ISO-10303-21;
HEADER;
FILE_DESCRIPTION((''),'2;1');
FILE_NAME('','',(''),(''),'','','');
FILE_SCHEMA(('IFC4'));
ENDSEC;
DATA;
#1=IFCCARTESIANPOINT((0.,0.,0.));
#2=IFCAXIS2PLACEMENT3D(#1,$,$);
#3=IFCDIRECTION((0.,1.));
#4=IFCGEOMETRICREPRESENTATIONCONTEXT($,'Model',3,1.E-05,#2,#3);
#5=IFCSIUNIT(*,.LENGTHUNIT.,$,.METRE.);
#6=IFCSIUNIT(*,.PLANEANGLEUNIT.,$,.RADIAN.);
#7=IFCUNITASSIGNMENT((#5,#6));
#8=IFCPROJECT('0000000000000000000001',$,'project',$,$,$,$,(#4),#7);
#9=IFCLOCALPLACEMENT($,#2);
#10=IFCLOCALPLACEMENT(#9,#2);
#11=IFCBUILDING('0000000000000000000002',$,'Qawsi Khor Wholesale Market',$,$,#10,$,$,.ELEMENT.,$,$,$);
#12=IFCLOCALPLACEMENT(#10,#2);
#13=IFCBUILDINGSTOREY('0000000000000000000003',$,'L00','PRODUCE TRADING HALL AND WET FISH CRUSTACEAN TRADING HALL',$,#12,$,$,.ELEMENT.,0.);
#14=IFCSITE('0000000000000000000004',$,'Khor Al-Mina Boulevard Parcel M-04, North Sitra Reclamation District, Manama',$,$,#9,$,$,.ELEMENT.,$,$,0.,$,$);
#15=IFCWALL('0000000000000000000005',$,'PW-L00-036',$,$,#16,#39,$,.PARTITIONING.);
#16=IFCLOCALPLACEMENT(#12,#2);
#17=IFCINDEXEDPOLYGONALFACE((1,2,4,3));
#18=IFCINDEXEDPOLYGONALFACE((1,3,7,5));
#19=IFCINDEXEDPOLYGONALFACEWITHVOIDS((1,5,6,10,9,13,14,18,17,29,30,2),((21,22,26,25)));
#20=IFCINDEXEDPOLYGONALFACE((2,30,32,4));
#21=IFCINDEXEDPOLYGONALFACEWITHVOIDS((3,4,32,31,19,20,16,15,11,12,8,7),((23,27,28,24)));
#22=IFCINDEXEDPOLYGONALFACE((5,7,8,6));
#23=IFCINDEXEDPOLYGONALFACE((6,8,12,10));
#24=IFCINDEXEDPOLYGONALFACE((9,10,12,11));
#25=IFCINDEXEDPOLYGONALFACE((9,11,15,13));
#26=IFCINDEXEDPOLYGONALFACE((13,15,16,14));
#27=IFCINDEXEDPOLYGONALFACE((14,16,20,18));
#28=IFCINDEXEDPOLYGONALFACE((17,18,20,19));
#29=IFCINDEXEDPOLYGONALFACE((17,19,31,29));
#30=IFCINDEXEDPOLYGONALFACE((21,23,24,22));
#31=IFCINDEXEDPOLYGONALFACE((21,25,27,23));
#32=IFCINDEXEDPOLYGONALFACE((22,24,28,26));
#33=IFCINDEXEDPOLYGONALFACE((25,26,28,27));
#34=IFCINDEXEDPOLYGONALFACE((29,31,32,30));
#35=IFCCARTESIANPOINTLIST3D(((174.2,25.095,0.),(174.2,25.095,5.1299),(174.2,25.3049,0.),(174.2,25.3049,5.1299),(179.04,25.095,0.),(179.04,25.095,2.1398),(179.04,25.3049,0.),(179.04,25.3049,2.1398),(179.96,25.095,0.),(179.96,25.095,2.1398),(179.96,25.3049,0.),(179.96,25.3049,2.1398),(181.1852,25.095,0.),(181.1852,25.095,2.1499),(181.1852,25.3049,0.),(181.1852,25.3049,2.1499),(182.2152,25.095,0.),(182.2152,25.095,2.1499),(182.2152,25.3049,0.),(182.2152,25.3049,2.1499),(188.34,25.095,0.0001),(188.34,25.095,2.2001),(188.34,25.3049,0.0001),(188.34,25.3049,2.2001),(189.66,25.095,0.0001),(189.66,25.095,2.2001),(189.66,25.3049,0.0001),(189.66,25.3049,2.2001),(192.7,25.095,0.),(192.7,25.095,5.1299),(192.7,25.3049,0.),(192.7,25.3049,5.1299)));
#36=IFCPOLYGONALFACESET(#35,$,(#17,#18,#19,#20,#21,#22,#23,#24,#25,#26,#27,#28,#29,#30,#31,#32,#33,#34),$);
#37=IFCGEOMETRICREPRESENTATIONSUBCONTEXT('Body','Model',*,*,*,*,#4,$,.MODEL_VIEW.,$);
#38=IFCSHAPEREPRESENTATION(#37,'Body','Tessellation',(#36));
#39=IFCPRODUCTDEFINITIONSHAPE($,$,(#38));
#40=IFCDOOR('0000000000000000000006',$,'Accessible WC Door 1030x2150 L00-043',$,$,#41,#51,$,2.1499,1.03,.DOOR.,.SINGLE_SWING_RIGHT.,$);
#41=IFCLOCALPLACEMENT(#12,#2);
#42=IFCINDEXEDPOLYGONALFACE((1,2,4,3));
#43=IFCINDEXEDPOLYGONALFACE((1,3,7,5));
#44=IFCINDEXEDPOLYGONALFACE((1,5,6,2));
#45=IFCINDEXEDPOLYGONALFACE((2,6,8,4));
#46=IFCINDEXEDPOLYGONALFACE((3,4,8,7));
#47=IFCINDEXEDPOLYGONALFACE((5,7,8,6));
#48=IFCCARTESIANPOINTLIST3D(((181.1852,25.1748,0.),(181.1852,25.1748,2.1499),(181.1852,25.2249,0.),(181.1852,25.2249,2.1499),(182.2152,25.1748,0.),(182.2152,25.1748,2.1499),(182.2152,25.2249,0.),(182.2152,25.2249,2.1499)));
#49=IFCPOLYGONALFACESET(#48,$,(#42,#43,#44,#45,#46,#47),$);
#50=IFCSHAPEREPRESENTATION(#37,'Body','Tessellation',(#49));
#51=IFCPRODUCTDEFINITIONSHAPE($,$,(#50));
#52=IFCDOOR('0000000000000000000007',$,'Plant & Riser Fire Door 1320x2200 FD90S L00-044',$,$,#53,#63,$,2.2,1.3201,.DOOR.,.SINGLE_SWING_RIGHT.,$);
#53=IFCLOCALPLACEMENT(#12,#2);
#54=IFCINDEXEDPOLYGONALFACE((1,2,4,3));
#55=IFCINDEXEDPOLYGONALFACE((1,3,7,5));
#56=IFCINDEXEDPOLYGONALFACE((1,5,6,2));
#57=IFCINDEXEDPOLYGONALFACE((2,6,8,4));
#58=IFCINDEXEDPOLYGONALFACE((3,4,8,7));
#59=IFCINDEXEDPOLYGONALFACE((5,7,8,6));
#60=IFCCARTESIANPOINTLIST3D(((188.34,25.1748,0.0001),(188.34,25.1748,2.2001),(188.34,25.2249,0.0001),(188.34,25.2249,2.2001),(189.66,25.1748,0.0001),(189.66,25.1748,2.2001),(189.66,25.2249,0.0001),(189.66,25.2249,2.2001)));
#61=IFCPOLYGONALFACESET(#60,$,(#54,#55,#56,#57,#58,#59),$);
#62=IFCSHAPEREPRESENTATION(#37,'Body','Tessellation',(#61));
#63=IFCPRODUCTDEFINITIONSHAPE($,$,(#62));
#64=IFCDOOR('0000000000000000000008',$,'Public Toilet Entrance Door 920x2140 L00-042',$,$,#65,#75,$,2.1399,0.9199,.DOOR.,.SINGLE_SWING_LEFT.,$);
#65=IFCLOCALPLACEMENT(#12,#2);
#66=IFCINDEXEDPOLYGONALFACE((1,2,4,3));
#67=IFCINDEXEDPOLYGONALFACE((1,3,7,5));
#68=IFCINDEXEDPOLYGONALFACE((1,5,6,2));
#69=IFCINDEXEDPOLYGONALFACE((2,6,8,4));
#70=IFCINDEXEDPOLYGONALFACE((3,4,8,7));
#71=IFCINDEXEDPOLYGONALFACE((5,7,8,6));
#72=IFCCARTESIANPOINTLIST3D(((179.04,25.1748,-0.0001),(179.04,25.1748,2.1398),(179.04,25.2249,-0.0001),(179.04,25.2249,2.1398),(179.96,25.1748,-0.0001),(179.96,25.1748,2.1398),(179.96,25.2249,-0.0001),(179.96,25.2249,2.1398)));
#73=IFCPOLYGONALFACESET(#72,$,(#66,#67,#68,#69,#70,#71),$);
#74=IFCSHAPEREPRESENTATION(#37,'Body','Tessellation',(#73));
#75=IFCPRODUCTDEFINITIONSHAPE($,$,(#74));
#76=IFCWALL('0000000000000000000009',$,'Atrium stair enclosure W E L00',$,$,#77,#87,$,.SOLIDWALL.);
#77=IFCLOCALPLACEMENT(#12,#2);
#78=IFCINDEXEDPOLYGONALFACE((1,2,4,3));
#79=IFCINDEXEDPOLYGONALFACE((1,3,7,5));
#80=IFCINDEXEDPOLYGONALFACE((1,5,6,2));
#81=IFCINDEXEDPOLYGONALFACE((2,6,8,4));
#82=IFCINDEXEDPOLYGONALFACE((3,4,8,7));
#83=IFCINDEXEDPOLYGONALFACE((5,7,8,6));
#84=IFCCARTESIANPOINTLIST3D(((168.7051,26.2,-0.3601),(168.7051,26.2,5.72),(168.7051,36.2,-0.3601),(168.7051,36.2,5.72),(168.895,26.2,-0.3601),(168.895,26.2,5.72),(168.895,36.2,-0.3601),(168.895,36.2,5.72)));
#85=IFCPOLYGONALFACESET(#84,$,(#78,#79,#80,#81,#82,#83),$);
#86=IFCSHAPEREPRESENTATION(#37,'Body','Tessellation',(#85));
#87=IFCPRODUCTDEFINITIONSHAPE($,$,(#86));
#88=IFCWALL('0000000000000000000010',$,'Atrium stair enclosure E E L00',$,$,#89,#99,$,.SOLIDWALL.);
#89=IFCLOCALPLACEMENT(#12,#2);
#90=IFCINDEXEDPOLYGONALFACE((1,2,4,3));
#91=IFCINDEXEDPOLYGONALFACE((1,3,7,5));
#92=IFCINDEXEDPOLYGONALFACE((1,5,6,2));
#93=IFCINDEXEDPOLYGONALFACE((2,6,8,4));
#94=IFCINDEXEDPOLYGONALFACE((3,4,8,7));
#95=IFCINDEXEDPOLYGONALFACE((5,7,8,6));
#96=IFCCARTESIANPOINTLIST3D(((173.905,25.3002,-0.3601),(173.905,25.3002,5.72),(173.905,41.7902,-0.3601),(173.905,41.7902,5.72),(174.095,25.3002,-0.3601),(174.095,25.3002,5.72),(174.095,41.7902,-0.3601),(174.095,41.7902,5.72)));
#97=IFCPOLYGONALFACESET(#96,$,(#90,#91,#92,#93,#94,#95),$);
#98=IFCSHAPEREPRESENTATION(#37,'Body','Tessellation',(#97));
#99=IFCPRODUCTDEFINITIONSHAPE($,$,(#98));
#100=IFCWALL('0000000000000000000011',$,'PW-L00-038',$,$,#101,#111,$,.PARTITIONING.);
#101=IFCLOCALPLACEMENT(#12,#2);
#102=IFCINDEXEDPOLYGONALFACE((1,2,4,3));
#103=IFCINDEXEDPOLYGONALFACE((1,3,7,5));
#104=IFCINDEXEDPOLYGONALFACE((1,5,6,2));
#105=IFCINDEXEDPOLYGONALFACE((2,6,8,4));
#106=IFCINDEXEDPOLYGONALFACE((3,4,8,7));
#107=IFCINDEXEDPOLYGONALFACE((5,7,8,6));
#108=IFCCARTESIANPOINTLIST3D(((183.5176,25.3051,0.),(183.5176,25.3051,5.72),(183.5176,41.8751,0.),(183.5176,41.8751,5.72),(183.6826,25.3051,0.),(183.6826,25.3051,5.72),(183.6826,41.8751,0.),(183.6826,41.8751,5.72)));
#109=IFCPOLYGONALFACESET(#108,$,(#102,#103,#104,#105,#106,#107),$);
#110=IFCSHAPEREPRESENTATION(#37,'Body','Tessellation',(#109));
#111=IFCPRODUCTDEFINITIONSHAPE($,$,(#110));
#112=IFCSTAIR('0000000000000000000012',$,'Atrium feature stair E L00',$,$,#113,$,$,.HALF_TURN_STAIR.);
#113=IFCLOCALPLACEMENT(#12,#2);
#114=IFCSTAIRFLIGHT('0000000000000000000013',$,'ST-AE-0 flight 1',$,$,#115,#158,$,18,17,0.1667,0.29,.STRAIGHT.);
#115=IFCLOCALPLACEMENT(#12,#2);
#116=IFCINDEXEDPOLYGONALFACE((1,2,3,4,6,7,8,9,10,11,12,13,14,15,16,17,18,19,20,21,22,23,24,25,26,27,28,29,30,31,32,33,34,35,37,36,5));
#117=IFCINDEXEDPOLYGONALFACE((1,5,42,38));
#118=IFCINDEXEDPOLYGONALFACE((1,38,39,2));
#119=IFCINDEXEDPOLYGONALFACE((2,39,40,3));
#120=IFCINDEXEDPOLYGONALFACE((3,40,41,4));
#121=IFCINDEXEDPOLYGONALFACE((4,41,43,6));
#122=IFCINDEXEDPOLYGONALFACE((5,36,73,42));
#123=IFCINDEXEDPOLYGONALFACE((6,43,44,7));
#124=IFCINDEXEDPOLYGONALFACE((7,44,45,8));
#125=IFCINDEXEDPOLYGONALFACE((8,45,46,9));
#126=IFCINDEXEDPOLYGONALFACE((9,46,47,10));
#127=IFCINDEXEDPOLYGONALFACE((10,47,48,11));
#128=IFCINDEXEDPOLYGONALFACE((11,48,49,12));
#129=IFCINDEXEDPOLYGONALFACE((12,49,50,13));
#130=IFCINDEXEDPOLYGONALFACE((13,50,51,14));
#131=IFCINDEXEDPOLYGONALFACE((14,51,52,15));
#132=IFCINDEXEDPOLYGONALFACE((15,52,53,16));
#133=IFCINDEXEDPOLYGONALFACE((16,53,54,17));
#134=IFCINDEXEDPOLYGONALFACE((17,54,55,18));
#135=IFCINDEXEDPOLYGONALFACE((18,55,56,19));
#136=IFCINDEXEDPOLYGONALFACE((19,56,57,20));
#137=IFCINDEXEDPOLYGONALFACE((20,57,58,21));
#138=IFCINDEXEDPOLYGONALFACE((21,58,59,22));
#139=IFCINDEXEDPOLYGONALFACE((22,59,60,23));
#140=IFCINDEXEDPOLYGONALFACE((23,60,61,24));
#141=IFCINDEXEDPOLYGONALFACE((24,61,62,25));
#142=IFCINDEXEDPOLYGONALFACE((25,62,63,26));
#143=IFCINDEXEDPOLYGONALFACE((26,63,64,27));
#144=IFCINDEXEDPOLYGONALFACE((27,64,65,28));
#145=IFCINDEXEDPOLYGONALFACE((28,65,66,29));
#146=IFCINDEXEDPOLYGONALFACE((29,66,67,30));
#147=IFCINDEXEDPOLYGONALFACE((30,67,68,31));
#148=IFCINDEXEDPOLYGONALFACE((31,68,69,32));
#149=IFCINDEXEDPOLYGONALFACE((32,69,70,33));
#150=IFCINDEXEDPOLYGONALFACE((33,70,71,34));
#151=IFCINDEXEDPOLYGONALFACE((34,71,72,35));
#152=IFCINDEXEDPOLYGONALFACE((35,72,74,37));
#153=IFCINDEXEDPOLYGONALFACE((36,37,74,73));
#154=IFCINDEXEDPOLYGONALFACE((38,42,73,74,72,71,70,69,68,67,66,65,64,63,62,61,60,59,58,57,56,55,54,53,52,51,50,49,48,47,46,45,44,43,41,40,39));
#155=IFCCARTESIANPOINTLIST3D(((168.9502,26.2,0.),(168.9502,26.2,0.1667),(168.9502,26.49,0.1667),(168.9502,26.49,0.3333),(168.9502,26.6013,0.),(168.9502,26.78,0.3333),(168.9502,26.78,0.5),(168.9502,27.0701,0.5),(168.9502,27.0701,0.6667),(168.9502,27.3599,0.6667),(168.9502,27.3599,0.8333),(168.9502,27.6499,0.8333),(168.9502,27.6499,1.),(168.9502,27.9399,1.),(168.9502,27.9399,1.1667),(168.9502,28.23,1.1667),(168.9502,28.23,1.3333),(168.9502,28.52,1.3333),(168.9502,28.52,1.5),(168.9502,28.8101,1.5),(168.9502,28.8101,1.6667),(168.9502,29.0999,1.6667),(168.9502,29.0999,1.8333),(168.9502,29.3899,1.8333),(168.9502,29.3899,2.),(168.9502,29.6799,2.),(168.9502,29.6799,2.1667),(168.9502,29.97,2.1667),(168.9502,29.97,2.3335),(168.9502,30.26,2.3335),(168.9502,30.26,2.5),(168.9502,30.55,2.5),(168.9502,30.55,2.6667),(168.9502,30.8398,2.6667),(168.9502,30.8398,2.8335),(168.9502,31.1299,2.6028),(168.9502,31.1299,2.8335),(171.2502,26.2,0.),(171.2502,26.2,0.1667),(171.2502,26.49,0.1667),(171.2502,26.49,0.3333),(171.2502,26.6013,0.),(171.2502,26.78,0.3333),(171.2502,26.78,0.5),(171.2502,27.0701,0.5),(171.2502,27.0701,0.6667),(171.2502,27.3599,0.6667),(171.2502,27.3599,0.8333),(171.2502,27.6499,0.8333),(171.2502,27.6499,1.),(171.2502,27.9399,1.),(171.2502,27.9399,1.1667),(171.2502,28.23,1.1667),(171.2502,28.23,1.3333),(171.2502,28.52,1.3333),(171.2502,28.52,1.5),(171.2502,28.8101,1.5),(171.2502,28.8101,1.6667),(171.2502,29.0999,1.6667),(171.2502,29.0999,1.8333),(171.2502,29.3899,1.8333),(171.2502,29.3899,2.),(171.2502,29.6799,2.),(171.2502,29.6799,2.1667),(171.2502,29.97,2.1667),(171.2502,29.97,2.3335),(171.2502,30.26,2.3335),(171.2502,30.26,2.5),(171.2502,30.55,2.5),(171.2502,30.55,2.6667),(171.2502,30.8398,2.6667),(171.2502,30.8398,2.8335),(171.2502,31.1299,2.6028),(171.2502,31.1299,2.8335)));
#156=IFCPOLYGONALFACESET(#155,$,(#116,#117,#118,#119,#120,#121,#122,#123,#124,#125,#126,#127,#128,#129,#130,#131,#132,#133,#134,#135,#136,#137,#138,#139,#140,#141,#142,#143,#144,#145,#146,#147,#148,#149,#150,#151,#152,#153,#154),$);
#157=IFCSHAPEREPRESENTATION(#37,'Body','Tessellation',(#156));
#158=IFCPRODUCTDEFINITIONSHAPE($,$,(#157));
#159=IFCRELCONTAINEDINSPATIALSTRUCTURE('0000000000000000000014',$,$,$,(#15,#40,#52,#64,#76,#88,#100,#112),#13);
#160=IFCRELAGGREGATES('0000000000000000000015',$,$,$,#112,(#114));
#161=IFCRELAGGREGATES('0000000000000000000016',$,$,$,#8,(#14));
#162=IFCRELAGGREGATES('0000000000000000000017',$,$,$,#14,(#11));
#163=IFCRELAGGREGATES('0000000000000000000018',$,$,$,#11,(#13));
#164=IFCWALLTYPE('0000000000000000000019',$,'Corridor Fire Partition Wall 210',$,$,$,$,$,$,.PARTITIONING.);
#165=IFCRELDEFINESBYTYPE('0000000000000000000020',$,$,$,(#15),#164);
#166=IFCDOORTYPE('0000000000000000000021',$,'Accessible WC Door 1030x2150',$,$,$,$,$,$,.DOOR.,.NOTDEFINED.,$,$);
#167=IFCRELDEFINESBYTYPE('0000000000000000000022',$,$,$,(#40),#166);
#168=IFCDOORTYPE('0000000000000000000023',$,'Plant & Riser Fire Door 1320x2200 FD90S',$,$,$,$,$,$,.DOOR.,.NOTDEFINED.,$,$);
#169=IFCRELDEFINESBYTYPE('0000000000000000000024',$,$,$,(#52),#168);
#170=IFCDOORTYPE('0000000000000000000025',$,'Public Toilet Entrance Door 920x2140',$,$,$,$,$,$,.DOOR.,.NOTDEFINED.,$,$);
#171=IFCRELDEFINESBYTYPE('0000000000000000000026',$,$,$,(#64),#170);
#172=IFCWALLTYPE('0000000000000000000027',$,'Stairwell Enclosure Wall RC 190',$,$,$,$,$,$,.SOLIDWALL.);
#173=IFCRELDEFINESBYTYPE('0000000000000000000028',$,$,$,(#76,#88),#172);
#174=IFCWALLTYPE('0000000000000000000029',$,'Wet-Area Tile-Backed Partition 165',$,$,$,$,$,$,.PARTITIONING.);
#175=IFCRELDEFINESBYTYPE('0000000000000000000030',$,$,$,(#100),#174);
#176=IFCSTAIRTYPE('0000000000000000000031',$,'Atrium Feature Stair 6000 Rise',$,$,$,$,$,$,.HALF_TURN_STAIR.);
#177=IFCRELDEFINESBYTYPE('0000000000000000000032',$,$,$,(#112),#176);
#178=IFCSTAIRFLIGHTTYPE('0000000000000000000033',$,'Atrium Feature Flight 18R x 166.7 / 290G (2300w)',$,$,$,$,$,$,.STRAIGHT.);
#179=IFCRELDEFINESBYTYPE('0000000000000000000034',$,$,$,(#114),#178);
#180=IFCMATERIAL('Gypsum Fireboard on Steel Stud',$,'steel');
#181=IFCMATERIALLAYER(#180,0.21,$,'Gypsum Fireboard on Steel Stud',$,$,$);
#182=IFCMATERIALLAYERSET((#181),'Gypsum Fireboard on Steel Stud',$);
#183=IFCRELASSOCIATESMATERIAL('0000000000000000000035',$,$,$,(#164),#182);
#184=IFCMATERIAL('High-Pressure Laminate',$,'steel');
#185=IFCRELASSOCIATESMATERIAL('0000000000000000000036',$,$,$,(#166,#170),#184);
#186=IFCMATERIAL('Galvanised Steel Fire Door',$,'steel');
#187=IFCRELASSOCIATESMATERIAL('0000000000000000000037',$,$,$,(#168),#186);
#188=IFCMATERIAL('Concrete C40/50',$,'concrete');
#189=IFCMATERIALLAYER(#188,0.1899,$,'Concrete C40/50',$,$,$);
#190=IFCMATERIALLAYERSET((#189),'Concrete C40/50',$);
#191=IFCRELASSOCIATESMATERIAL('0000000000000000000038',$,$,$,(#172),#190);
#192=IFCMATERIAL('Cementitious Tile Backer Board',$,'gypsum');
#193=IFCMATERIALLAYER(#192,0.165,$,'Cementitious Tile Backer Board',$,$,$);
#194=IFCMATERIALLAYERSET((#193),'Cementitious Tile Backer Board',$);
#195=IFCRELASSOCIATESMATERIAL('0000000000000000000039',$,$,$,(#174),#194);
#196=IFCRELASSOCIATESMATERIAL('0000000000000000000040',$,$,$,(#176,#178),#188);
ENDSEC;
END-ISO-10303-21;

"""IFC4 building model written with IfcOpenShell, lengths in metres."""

from ifc_helpers import new_model, si_unit, direction, frame, frame_2d, origin, place, context, subcontext, project, spatial, polyline, rectangle, outline, extrude, material, layer, layer_set, type_object, element, fill, aggregate, save


model = new_model("IFC4")

# Units and contexts
model_context = context("Model", 3, precision=1e-05, world=origin(), true_north=direction((0.0, 1.0)))
body_context = subcontext(model_context, "Body", "Model", "MODEL_VIEW")
ifc_project = project(units=[si_unit("LENGTHUNIT", "METRE"), si_unit("PLANEANGLEUNIT", "RADIAN")], contexts=[model_context])

# Site, building, storey
site_placement = place(None, origin())
site = spatial("IfcSite", under=ifc_project, at=site_placement, Name="Khor Al-Mina Boulevard Parcel M-04, North Sitra Reclamation District, Manama", CompositionType="ELEMENT", RefElevation=0.0)
building_placement = place(site_placement, origin())
building = spatial("IfcBuilding", under=site, at=building_placement, Name="Qawsi Khor Wholesale Market", CompositionType="ELEMENT")
storey_placement = place(building_placement, origin())
storey = spatial("IfcBuildingStorey", under=building, at=storey_placement, Name="L00", Description="PRODUCE TRADING HALL AND WET FISH CRUSTACEAN TRADING HALL", CompositionType="ELEMENT", Elevation=0.0)

# Shared definitions
ifc_material_1 = material(Name="Concrete C40/50", Category="concrete")

# Wall, openings, doors
ifc_material_2 = material(Name="Gypsum Fireboard on Steel Stud", Category="steel")
ifc_layer_1 = layer(ifc_material_2, 0.21, Name="Gypsum Fireboard on Steel Stud")
ifc_layer_set_1 = layer_set([ifc_layer_1], Name="Gypsum Fireboard on Steel Stud")
wall_type_1 = type_object("IfcWallType", Name="Corridor Fire Partition Wall 210", PredefinedType="PARTITIONING", material=ifc_layer_set_1)
wall_1_placement = place(storey_placement, frame((174.2, 25.2, 0.0), z_axis=(0.0, 0.0, 1.0), x_axis=(1.0, 0.0, 0.0)))
wall_1 = element("IfcWall", 1, at=wall_1_placement, inside=storey, type_object=wall_type_1, Name="PW-L00-036", PredefinedType="PARTITIONING", context=body_context, shape_type="SweptSolid", body=[
    extrude(rectangle(XDim=18.5, YDim=0.21, at=frame_2d((9.25, 0.0))), origin(), (0.0, 0.0, 1.0), 5.1299),
])
opening_1_placement = place(wall_1_placement, frame((4.8401, 0.0, 0.0)))
opening_1 = element("IfcOpeningElement", 2, at=opening_1_placement, cuts=wall_1, PredefinedType="OPENING", context=body_context, shape_type="SweptSolid", body=[
    extrude(rectangle(XDim=0.9199, YDim=2.1399, at=frame_2d((0.46, 1.0698))), frame((0.0, 0.115, 0.0), z_axis=(0.0, -1.0, 0.0), x_axis=(1.0, 0.0, 0.0)), (0.0, 0.0, 1.0), 0.23),
])
opening_2_placement = place(wall_1_placement, frame((6.9851, 0.0, 0.0)))
opening_2 = element("IfcOpeningElement", 3, at=opening_2_placement, cuts=wall_1, PredefinedType="OPENING", context=body_context, shape_type="SweptSolid", body=[
    extrude(rectangle(XDim=1.03, YDim=2.1499, at=frame_2d((0.5151, 1.075))), frame((0.0, 0.115, 0.0), z_axis=(0.0, -1.0, 0.0), x_axis=(1.0, 0.0, 0.0)), (0.0, 0.0, 1.0), 0.23),
])
opening_3_placement = place(wall_1_placement, frame((14.1399, 0.0, 0.0)))
opening_3 = element("IfcOpeningElement", 4, at=opening_3_placement, cuts=wall_1, PredefinedType="OPENING", context=body_context, shape_type="SweptSolid", body=[
    extrude(rectangle(XDim=1.3201, YDim=2.2, at=frame_2d((0.6602, 1.1001))), frame((0.0, 0.115, 0.0), z_axis=(0.0, -1.0, 0.0), x_axis=(1.0, 0.0, 0.0)), (0.0, 0.0, 1.0), 0.23),
])
ifc_material_3 = material(Name="High-Pressure Laminate", Category="steel")
door_type_1 = type_object("IfcDoorType", Name="Accessible WC Door 1030x2150", OperationType="NOTDEFINED", PredefinedType="DOOR", material=ifc_material_3)
door_1_placement = place(opening_2_placement, origin())
door_1 = element("IfcDoor", 5, at=door_1_placement, inside=storey, type_object=door_type_1, Name="Accessible WC Door 1030x2150 L00-043", OperationType="SINGLE_SWING_RIGHT", OverallHeight=2.1499, OverallWidth=1.03, PredefinedType="DOOR", context=body_context, shape_type="SweptSolid", body=[
    extrude(rectangle(XDim=1.03, YDim=2.1499, at=frame_2d((0.5151, 1.075))), frame((0.0, 0.0249, 0.0), z_axis=(0.0, -1.0, 0.0), x_axis=(1.0, 0.0, 0.0)), (0.0, 0.0, 1.0), 0.05),
])
fill(opening_2, door_1)
ifc_material_4 = material(Name="Galvanised Steel Fire Door", Category="steel")
door_type_2 = type_object("IfcDoorType", Name="Plant & Riser Fire Door 1320x2200 FD90S", OperationType="NOTDEFINED", PredefinedType="DOOR", material=ifc_material_4)
door_2_placement = place(opening_3_placement, origin())
door_2 = element("IfcDoor", 6, at=door_2_placement, inside=storey, type_object=door_type_2, Name="Plant & Riser Fire Door 1320x2200 FD90S L00-044", OperationType="SINGLE_SWING_RIGHT", OverallHeight=2.2, OverallWidth=1.3201, PredefinedType="DOOR", context=body_context, shape_type="SweptSolid", body=[
    extrude(rectangle(XDim=1.3201, YDim=2.2, at=frame_2d((0.6602, 1.1001))), frame((0.0, 0.0249, 0.0), z_axis=(0.0, -1.0, 0.0), x_axis=(1.0, 0.0, 0.0)), (0.0, 0.0, 1.0), 0.05),
])
fill(opening_3, door_2)
door_type_3 = type_object("IfcDoorType", Name="Public Toilet Entrance Door 920x2140", OperationType="NOTDEFINED", PredefinedType="DOOR", material=ifc_material_3)
door_3_placement = place(opening_1_placement, origin())
door_3 = element("IfcDoor", 7, at=door_3_placement, inside=storey, type_object=door_type_3, Name="Public Toilet Entrance Door 920x2140 L00-042", OperationType="SINGLE_SWING_LEFT", OverallHeight=2.1399, OverallWidth=0.9199, PredefinedType="DOOR", context=body_context, shape_type="SweptSolid", body=[
    extrude(rectangle(XDim=0.9199, YDim=2.1399, at=frame_2d((0.46, 1.0698))), frame((0.0, 0.0249, 0.0), z_axis=(0.0, -1.0, 0.0), x_axis=(1.0, 0.0, 0.0)), (0.0, 0.0, 1.0), 0.05),
])
fill(opening_1, door_3)

# Walls
ifc_layer_2 = layer(ifc_material_1, 0.1899, Name="Concrete C40/50")
ifc_layer_set_2 = layer_set([ifc_layer_2], Name="Concrete C40/50")
wall_type_2 = type_object("IfcWallType", Name="Stairwell Enclosure Wall RC 190", PredefinedType="SOLIDWALL", material=ifc_layer_set_2)
wall_2_placement = place(storey_placement, frame((168.8, 26.2, -0.3601), z_axis=(0.0, 0.0, 1.0), x_axis=(0.0, 1.0, 0.0)))
element("IfcWall", 8, at=wall_2_placement, inside=storey, type_object=wall_type_2, Name="Atrium stair enclosure W E L00", PredefinedType="SOLIDWALL", context=body_context, shape_type="SweptSolid", body=[
    extrude(rectangle(XDim=10.0, YDim=0.1899, at=frame_2d((5.0, 0.0))), origin(), (0.0, 0.0, 1.0), 6.0801),
])
wall_3_placement = place(storey_placement, frame((174.0, 25.3, -0.3601), z_axis=(0.0, 0.0, 1.0), x_axis=(0.0, 1.0, 0.0)))
element("IfcWall", 9, at=wall_3_placement, inside=storey, type_object=wall_type_2, Name="Atrium stair enclosure E E L00", PredefinedType="SOLIDWALL", context=body_context, shape_type="SweptSolid", body=[
    extrude(rectangle(XDim=16.49, YDim=0.1899, at=frame_2d((8.2451, 0.0))), origin(), (0.0, 0.0, 1.0), 6.0801),
])
ifc_material_5 = material(Name="Cementitious Tile Backer Board", Category="gypsum")
ifc_layer_3 = layer(ifc_material_5, 0.165, Name="Cementitious Tile Backer Board")
ifc_layer_set_3 = layer_set([ifc_layer_3], Name="Cementitious Tile Backer Board")
wall_type_3 = type_object("IfcWallType", Name="Wet-Area Tile-Backed Partition 165", PredefinedType="PARTITIONING", material=ifc_layer_set_3)
wall_4_placement = place(storey_placement, frame((183.6001, 25.3049, 0.0), z_axis=(0.0, 0.0, 1.0), x_axis=(0.0, 1.0, 0.0)))
element("IfcWall", 10, at=wall_4_placement, inside=storey, type_object=wall_type_3, Name="PW-L00-038", PredefinedType="PARTITIONING", context=body_context, shape_type="SweptSolid", body=[
    extrude(rectangle(XDim=16.5701, YDim=0.165, at=frame_2d((8.2852, 0.0))), origin(), (0.0, 0.0, 1.0), 5.72),
])

# Stair, stair flight
stair_type = type_object("IfcStairType", Name="Atrium Feature Stair 6000 Rise", PredefinedType="HALF_TURN_STAIR", material=ifc_material_1)
stair_placement = place(storey_placement, origin())
stair = element("IfcStair", 11, at=stair_placement, inside=storey, type_object=stair_type, Name="Atrium feature stair E L00", PredefinedType="HALF_TURN_STAIR")
stair_flight_type = type_object("IfcStairFlightType", Name="Atrium Feature Flight 18R x 166.7 / 290G (2300w)", PredefinedType="STRAIGHT", material=ifc_material_1)
stair_flight_placement = place(storey_placement, frame((170.1001, 26.2, 0.0), z_axis=(0.0, 0.0, 1.0), x_axis=(0.0, 1.0, 0.0)))
stair_flight = element("IfcStairFlight", 12, at=stair_flight_placement, type_object=stair_flight_type, Name="ST-AE-0 flight 1", NumberOfRisers=18, NumberOfTreads=17, PredefinedType="STRAIGHT", RiserHeight=0.1667, TreadLength=0.29, context=body_context, shape_type="SweptSolid", body=[
    extrude(outline(polyline([(0.0, 0.0), (0.0, 0.1667), (0.29, 0.1667), (0.29, 0.3333), (0.5801, 0.3333), (0.5801, 0.5), (0.8701, 0.5), (0.8701, 0.6667), (1.1599, 0.6667), (1.1599, 0.8333), (1.45, 0.8333), (1.45, 1.0), (1.74, 1.0), (1.74, 1.1667), (2.03, 1.1667), (2.03, 1.3333), (2.3201, 1.3333), (2.3201, 1.5), (2.6101, 1.5), (2.6101, 1.6667), (2.8999, 1.6667), (2.8999, 1.8333), (3.1899, 1.8333), (3.1899, 2.0), (3.48, 2.0), (3.48, 2.1667), (3.77, 2.1667), (3.77, 2.3335), (4.0601, 2.3335), (4.0601, 2.5), (4.3501, 2.5), (4.3501, 2.6667), (4.6399, 2.6667), (4.6399, 2.8335), (4.9299, 2.8335), (4.9299, 3.0), (4.9299, 2.6028), (0.4014, 0.0), (0.0, 0.0)])), frame((0.0, 1.1499, 0.0), z_axis=(0.0, -1.0, 0.0), x_axis=(1.0, 0.0, 0.0)), (0.0, 0.0, 1.0), 2.3),
])
aggregate(stair, [stair_flight])

save(model, "model.ifc")
